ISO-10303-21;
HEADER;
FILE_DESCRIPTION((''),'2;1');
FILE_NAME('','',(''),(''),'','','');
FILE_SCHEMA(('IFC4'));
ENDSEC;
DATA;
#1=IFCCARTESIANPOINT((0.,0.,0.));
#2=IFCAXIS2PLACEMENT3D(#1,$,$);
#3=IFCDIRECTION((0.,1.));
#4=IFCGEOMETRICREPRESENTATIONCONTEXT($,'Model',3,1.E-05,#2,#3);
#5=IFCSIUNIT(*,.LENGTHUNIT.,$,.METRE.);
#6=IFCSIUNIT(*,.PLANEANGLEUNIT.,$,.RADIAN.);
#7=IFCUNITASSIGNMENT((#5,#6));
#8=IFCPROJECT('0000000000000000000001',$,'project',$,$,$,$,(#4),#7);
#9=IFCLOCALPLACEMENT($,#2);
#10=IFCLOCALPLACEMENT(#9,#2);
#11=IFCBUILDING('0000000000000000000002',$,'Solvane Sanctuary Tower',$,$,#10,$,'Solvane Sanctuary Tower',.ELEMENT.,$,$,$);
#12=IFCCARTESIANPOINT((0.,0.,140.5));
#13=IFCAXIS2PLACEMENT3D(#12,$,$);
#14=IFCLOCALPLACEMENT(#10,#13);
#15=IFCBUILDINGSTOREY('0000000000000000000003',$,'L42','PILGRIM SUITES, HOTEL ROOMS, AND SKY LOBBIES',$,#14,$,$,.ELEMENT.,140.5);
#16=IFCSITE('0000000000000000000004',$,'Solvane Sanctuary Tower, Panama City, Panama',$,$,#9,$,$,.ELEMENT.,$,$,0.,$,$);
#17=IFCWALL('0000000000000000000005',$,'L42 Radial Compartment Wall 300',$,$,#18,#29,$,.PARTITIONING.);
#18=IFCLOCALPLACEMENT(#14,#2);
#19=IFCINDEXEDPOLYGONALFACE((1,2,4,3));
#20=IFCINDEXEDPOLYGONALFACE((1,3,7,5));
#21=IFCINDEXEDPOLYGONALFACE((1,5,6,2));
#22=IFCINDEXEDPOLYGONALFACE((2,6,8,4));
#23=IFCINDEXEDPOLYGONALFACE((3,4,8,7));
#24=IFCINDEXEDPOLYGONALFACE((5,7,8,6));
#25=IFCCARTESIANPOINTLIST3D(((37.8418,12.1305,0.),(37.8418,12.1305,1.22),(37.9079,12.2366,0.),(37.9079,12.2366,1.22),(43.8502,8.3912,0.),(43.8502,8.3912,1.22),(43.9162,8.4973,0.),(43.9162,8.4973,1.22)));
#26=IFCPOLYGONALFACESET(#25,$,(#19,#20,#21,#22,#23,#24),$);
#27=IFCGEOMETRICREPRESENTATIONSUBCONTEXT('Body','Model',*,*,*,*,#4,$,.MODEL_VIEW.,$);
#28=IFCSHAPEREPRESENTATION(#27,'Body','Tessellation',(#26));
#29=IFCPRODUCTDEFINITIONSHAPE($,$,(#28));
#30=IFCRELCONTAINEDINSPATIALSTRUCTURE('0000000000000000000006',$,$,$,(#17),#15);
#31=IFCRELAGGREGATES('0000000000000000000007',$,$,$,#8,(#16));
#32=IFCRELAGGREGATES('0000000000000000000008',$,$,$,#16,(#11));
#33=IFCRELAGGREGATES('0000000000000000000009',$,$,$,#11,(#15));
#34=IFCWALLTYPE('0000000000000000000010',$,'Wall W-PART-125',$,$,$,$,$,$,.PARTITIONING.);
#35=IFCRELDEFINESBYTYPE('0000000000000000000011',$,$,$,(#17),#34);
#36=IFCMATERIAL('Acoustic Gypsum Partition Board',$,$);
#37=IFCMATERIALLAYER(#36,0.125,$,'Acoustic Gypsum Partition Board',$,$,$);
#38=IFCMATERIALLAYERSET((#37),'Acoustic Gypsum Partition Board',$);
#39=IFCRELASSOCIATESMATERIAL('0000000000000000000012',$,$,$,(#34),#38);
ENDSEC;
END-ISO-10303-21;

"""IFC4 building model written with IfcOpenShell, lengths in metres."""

from ifc_helpers import new_model, si_unit, direction, frame, frame_2d, origin, place, context, subcontext, project, spatial, rectangle, extrude, material, layer, layer_set, type_object, element, save


model = new_model("IFC4")

# Units and contexts
model_context = context("Model", 3, precision=1e-05, world=origin(), true_north=direction((0.0, 1.0)))
body_context = subcontext(model_context, "Body", "Model", "MODEL_VIEW")
ifc_project = project(units=[si_unit("LENGTHUNIT", "METRE"), si_unit("PLANEANGLEUNIT", "RADIAN")], contexts=[model_context])

# Site, building, storey
site_placement = place(None, origin())
site = spatial("IfcSite", under=ifc_project, at=site_placement, Name="Solvane Sanctuary Tower, Panama City, Panama", CompositionType="ELEMENT", RefElevation=0.0)
building_placement = place(site_placement, origin())
building = spatial("IfcBuilding", under=site, at=building_placement, Name="Solvane Sanctuary Tower", LongName="Solvane Sanctuary Tower", CompositionType="ELEMENT")
storey_placement = place(building_placement, frame((0.0, 0.0, 140.5)))
storey = spatial("IfcBuildingStorey", under=building, at=storey_placement, Name="L42", Description="PILGRIM SUITES, HOTEL ROOMS, AND SKY LOBBIES", CompositionType="ELEMENT", Elevation=140.5)

# Shared definitions
ifc_material_1 = material(Name="Acoustic Gypsum Partition Board")

# Wall
ifc_layer_1 = layer(ifc_material_1, 0.125, Name="Acoustic Gypsum Partition Board")
ifc_layer_set_1 = layer_set([ifc_layer_1], Name="Acoustic Gypsum Partition Board")
wall_type_1 = type_object("IfcWallType", Name="Wall W-PART-125", PredefinedType="PARTITIONING", material=ifc_layer_set_1)
wall_1_placement = place(storey_placement, frame((37.8748, 12.1836, 0.0), z_axis=(0.0, 0.0, 1.0), x_axis=(0.849008, -0.528379, 0.0)))
element("IfcWall", 1, at=wall_1_placement, inside=storey, type_object=wall_type_1, Name="L42 Radial Compartment Wall 300", PredefinedType="PARTITIONING", context=body_context, shape_type="SweptSolid", body=[
    extrude(rectangle(XDim=7.0769, YDim=0.125, at=frame_2d((3.5386, 0.0))), origin(), (0.0, 0.0, 1.0), 1.22),
])

save(model, "model.ifc")
